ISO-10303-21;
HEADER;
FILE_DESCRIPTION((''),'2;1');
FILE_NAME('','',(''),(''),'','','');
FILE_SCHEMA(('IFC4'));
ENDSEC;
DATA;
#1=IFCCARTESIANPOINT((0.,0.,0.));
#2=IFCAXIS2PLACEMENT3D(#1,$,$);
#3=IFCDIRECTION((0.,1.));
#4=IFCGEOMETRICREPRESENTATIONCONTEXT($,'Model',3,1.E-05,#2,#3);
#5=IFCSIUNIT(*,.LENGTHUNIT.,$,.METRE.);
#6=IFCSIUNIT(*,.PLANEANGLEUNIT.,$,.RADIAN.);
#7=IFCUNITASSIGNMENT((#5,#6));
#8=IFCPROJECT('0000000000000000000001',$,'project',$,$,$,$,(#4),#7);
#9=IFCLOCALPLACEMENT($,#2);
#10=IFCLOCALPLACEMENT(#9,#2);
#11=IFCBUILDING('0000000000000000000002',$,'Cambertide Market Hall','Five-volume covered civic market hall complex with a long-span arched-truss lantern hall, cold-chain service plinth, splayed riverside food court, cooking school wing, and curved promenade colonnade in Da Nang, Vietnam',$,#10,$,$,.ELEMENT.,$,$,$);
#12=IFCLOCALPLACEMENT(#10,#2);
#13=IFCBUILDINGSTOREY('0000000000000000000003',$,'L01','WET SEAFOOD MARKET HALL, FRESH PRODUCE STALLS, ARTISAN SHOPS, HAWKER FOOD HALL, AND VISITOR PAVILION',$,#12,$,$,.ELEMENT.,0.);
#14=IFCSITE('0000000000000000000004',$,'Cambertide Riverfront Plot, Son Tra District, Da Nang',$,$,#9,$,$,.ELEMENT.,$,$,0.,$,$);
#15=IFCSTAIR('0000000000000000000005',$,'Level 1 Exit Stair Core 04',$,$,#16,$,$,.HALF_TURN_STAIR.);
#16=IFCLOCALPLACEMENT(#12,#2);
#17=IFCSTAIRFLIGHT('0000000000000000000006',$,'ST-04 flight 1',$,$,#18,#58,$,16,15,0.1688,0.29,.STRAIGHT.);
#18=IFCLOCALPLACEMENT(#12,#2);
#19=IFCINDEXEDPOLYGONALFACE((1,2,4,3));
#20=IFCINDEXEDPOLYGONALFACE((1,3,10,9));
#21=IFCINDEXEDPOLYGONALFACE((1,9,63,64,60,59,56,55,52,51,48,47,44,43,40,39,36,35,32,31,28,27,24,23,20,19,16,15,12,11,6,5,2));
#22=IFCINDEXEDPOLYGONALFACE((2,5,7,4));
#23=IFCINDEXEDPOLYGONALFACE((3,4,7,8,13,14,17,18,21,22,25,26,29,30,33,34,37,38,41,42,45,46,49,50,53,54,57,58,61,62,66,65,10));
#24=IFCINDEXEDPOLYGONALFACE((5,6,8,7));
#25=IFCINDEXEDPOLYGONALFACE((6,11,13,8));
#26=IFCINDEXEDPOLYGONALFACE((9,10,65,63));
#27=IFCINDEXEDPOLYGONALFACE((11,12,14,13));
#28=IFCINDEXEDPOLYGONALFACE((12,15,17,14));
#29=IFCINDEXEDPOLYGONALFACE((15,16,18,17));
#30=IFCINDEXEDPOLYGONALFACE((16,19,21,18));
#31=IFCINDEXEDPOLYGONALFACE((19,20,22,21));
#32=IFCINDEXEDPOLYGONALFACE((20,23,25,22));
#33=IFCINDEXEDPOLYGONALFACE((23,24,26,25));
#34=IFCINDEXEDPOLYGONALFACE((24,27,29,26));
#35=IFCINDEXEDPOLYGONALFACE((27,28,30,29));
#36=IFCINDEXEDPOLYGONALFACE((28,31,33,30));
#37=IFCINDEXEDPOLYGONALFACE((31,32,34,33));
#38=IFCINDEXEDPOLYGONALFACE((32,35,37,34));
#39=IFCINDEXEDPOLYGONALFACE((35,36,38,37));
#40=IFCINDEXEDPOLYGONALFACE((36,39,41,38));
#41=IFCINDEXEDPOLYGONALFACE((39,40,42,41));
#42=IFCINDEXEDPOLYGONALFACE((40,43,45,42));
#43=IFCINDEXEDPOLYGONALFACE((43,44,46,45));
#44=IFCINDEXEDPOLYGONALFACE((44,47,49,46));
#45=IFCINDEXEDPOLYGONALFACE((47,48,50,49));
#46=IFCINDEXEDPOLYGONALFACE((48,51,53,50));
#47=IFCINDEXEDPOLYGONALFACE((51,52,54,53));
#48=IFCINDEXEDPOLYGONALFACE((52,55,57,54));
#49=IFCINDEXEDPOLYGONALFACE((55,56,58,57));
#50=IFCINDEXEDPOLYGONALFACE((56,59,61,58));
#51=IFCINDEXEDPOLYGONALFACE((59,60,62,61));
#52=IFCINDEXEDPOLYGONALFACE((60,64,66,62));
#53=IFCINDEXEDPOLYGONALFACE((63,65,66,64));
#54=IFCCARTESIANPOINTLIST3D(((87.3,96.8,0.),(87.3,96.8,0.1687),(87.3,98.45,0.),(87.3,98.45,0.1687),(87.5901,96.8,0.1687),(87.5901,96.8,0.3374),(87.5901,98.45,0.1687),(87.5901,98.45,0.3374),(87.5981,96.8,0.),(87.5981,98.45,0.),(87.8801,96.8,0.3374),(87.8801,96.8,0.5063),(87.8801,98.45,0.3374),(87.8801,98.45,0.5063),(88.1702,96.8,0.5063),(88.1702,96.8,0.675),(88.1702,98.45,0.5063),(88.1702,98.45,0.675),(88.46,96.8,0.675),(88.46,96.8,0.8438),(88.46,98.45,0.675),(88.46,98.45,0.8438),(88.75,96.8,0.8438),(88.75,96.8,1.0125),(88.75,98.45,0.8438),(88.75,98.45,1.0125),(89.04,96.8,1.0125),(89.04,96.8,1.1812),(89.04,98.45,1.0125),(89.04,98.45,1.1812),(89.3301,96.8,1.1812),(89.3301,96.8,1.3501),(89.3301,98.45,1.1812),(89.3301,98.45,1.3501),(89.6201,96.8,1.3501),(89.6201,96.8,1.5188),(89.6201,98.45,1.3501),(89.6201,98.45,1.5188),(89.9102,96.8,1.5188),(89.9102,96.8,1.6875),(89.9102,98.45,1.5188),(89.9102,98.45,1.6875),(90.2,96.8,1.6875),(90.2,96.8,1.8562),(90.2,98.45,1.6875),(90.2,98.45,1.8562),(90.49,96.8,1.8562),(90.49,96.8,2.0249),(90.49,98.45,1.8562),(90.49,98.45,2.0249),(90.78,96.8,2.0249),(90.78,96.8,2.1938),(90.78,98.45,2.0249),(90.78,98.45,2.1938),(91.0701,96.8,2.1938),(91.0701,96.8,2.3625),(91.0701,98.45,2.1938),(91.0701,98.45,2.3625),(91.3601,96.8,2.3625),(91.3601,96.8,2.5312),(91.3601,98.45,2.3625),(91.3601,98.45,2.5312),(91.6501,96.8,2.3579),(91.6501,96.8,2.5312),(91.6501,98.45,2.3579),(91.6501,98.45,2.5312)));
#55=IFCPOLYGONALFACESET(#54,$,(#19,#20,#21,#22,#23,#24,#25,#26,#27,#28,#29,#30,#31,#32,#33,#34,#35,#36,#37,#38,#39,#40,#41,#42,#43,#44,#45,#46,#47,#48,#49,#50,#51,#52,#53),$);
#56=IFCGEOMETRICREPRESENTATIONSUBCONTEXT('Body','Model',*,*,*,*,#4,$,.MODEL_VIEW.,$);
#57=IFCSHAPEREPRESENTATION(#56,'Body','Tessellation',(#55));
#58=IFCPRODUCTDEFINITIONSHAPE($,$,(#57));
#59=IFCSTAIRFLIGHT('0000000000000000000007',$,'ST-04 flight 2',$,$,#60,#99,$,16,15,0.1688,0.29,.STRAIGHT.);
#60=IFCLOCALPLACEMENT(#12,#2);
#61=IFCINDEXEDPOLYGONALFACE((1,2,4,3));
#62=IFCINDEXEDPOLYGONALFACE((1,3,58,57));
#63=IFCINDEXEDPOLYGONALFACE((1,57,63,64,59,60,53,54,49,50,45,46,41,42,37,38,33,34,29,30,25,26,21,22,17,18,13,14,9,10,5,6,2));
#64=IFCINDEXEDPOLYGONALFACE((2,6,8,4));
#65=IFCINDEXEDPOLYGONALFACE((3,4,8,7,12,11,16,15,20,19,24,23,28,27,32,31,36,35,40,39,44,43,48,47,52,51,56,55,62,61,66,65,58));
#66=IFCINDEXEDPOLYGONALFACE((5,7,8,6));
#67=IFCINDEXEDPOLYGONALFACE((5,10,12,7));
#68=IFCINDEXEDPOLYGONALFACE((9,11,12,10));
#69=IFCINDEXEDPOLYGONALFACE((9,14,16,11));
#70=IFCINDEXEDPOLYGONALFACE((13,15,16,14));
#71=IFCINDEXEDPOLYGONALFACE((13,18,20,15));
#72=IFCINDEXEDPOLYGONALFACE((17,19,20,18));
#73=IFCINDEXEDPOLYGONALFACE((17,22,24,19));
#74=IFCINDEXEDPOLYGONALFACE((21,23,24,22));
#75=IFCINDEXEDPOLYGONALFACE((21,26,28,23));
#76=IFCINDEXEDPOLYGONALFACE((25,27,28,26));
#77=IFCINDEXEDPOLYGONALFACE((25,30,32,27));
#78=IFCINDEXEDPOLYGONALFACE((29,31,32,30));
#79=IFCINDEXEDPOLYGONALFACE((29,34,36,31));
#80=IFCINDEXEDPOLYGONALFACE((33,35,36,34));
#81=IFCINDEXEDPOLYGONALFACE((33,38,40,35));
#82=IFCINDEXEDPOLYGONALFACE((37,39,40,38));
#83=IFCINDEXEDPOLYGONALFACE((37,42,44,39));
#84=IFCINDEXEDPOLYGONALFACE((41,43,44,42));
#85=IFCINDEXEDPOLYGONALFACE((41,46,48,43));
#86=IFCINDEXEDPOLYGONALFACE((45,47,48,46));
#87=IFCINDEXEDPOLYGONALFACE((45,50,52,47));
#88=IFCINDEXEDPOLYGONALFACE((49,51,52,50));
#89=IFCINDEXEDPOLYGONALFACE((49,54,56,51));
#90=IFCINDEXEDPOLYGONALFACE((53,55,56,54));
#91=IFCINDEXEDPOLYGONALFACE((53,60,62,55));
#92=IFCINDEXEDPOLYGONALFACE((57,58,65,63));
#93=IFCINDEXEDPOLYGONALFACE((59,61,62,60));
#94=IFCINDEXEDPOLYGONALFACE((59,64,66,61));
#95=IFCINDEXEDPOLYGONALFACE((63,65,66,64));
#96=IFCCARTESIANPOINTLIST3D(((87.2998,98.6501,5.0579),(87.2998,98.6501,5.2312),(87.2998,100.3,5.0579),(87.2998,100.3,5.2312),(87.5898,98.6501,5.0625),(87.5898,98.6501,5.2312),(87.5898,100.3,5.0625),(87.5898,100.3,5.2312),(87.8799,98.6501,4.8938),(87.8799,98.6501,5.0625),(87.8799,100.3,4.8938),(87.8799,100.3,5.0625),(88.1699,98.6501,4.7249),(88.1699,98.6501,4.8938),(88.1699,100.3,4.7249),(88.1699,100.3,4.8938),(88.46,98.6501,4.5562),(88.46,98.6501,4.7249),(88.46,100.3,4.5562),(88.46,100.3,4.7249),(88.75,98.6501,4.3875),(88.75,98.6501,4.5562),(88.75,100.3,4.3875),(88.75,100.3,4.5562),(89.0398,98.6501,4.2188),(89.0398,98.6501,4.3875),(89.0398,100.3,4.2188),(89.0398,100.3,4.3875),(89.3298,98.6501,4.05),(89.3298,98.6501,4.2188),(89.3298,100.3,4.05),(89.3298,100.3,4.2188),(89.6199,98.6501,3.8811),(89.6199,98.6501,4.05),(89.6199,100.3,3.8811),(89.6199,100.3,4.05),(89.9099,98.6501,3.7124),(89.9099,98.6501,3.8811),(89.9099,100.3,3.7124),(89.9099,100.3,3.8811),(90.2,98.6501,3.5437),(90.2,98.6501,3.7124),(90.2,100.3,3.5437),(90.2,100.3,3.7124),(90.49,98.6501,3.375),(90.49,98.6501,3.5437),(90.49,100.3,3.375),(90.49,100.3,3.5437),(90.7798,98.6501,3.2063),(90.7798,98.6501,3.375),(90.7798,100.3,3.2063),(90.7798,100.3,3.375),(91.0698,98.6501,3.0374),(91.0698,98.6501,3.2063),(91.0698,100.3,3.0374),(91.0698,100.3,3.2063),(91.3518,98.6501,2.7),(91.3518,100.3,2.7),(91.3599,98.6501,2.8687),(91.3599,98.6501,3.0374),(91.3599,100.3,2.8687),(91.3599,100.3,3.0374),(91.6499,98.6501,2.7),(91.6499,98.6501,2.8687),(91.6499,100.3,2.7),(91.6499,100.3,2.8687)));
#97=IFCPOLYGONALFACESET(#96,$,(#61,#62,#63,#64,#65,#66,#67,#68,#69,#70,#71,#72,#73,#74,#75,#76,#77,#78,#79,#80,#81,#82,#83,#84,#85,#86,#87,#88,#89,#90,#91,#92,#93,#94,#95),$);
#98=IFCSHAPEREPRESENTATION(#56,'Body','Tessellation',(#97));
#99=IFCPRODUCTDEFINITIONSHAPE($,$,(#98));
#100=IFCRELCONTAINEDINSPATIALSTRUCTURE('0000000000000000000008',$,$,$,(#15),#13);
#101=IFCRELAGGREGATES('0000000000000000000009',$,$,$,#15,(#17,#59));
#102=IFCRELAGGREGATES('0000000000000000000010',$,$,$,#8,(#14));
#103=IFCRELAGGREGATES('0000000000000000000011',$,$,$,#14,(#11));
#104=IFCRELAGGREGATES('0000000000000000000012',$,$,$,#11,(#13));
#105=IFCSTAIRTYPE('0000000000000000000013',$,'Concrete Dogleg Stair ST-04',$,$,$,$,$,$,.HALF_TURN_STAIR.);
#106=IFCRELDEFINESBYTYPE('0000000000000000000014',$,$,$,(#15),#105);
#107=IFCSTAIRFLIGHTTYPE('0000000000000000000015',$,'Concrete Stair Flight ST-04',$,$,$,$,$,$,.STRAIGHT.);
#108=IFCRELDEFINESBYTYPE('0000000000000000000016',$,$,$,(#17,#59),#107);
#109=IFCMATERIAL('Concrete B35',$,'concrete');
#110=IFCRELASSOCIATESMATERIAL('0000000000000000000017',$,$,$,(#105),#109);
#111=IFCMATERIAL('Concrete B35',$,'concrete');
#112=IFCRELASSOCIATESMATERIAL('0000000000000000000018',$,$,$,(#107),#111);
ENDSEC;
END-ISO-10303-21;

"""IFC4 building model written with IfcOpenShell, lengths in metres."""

from ifc_helpers import new_model, si_unit, direction, frame, origin, place, context, subcontext, project, spatial, polyline, outline, extrude, material, type_object, element, aggregate, save


model = new_model("IFC4")

# Units and contexts
model_context = context("Model", 3, precision=1e-05, world=origin(), true_north=direction((0.0, 1.0)))
body_context = subcontext(model_context, "Body", "Model", "MODEL_VIEW")
ifc_project = project(units=[si_unit("LENGTHUNIT", "METRE"), si_unit("PLANEANGLEUNIT", "RADIAN")], contexts=[model_context])

# Site, building, storey
site_placement = place(None, origin())
site = spatial("IfcSite", under=ifc_project, at=site_placement, Name="Cambertide Riverfront Plot, Son Tra District, Da Nang", CompositionType="ELEMENT", RefElevation=0.0)
building_placement = place(site_placement, origin())
building = spatial("IfcBuilding", under=site, at=building_placement, Name="Cambertide Market Hall", Description="Five-volume covered civic market hall complex with a long-span arched-truss lantern hall, cold-chain service plinth, splayed riverside food court, cooking school wing, and curved promenade colonnade in Da Nang, Vietnam", CompositionType="ELEMENT")
storey_placement = place(building_placement, origin())
storey = spatial("IfcBuildingStorey", under=building, at=storey_placement, Name="L01", Description="WET SEAFOOD MARKET HALL, FRESH PRODUCE STALLS, ARTISAN SHOPS, HAWKER FOOD HALL, AND VISITOR PAVILION", CompositionType="ELEMENT", Elevation=0.0)

# Stair, stair flights
ifc_material_1 = material(Name="Concrete B35", Category="concrete")
stair_type = type_object("IfcStairType", Name="Concrete Dogleg Stair ST-04", PredefinedType="HALF_TURN_STAIR", material=ifc_material_1)
stair_placement = place(storey_placement, origin())
stair = element("IfcStair", 1, at=stair_placement, inside=storey, type_object=stair_type, Name="Level 1 Exit Stair Core 04", PredefinedType="HALF_TURN_STAIR")
ifc_material_2 = material(Name="Concrete B35", Category="concrete")
stair_flight_type = type_object("IfcStairFlightType", Name="Concrete Stair Flight ST-04", PredefinedType="STRAIGHT", material=ifc_material_2)
stair_flight_1_placement = place(storey_placement, frame((87.3, 97.625, 0.0), z_axis=(0.0, 0.0, 1.0), x_axis=(1.0, 0.0, 0.0)))
stair_flight_1 = element("IfcStairFlight", 2, at=stair_flight_1_placement, type_object=stair_flight_type, Name="ST-04 flight 1", NumberOfRisers=16, NumberOfTreads=15, PredefinedType="STRAIGHT", RiserHeight=0.1688, TreadLength=0.29, context=body_context, shape_type="SweptSolid", body=[
    extrude(outline(polyline([(0.0, 0.0), (0.0, 0.1687), (0.29, 0.1687), (0.29, 0.3374), (0.5801, 0.3374), (0.5801, 0.5063), (0.8701, 0.5063), (0.8701, 0.675), (1.1599, 0.675), (1.1599, 0.8438), (1.45, 0.8438), (1.45, 1.0125), (1.74, 1.0125), (1.74, 1.1812), (2.03, 1.1812), (2.03, 1.3501), (2.3201, 1.3501), (2.3201, 1.5188), (2.6101, 1.5188), (2.6101, 1.6875), (2.8999, 1.6875), (2.8999, 1.8562), (3.1899, 1.8562), (3.1899, 2.0249), (3.48, 2.0249), (3.48, 2.1938), (3.77, 2.1938), (3.77, 2.3625), (4.0601, 2.3625), (4.0601, 2.5312), (4.3501, 2.5312), (4.3501, 2.7), (4.3501, 2.3579), (0.2981, 0.0), (0.0, 0.0)])), frame((0.0, 0.825, 0.0), z_axis=(0.0, -1.0, 0.0), x_axis=(1.0, 0.0, 0.0)), (0.0, 0.0, 1.0), 1.6499),
])
stair_flight_2_placement = place(storey_placement, frame((91.6499, 99.4751, 2.7), z_axis=(0.0, 0.0, 1.0), x_axis=(-1.0, 0.0, 0.0)))
stair_flight_2 = element("IfcStairFlight", 3, at=stair_flight_2_placement, type_object=stair_flight_type, Name="ST-04 flight 2", NumberOfRisers=16, NumberOfTreads=15, PredefinedType="STRAIGHT", RiserHeight=0.1688, TreadLength=0.29, context=body_context, shape_type="SweptSolid", body=[
    extrude(outline(polyline([(0.0, 0.0), (0.0, 0.1687), (0.29, 0.1687), (0.29, 0.3374), (0.5801, 0.3374), (0.5801, 0.5063), (0.8701, 0.5063), (0.8701, 0.675), (1.1599, 0.675), (1.1599, 0.8438), (1.45, 0.8438), (1.45, 1.0125), (1.74, 1.0125), (1.74, 1.1812), (2.03, 1.1812), (2.03, 1.3501), (2.3201, 1.3501), (2.3201, 1.5188), (2.6101, 1.5188), (2.6101, 1.6875), (2.8999, 1.6875), (2.8999, 1.8562), (3.1899, 1.8562), (3.1899, 2.0249), (3.48, 2.0249), (3.48, 2.1938), (3.77, 2.1938), (3.77, 2.3625), (4.0601, 2.3625), (4.0601, 2.5312), (4.3501, 2.5312), (4.3501, 2.7), (4.3501, 2.3579), (0.2981, 0.0), (0.0, 0.0)])), frame((0.0, 0.825, 0.0), z_axis=(0.0, -1.0, 0.0), x_axis=(1.0, 0.0, 0.0)), (0.0, 0.0, 1.0), 1.6499),
])
aggregate(stair, [stair_flight_1, stair_flight_2])

save(model, "model.ifc")
